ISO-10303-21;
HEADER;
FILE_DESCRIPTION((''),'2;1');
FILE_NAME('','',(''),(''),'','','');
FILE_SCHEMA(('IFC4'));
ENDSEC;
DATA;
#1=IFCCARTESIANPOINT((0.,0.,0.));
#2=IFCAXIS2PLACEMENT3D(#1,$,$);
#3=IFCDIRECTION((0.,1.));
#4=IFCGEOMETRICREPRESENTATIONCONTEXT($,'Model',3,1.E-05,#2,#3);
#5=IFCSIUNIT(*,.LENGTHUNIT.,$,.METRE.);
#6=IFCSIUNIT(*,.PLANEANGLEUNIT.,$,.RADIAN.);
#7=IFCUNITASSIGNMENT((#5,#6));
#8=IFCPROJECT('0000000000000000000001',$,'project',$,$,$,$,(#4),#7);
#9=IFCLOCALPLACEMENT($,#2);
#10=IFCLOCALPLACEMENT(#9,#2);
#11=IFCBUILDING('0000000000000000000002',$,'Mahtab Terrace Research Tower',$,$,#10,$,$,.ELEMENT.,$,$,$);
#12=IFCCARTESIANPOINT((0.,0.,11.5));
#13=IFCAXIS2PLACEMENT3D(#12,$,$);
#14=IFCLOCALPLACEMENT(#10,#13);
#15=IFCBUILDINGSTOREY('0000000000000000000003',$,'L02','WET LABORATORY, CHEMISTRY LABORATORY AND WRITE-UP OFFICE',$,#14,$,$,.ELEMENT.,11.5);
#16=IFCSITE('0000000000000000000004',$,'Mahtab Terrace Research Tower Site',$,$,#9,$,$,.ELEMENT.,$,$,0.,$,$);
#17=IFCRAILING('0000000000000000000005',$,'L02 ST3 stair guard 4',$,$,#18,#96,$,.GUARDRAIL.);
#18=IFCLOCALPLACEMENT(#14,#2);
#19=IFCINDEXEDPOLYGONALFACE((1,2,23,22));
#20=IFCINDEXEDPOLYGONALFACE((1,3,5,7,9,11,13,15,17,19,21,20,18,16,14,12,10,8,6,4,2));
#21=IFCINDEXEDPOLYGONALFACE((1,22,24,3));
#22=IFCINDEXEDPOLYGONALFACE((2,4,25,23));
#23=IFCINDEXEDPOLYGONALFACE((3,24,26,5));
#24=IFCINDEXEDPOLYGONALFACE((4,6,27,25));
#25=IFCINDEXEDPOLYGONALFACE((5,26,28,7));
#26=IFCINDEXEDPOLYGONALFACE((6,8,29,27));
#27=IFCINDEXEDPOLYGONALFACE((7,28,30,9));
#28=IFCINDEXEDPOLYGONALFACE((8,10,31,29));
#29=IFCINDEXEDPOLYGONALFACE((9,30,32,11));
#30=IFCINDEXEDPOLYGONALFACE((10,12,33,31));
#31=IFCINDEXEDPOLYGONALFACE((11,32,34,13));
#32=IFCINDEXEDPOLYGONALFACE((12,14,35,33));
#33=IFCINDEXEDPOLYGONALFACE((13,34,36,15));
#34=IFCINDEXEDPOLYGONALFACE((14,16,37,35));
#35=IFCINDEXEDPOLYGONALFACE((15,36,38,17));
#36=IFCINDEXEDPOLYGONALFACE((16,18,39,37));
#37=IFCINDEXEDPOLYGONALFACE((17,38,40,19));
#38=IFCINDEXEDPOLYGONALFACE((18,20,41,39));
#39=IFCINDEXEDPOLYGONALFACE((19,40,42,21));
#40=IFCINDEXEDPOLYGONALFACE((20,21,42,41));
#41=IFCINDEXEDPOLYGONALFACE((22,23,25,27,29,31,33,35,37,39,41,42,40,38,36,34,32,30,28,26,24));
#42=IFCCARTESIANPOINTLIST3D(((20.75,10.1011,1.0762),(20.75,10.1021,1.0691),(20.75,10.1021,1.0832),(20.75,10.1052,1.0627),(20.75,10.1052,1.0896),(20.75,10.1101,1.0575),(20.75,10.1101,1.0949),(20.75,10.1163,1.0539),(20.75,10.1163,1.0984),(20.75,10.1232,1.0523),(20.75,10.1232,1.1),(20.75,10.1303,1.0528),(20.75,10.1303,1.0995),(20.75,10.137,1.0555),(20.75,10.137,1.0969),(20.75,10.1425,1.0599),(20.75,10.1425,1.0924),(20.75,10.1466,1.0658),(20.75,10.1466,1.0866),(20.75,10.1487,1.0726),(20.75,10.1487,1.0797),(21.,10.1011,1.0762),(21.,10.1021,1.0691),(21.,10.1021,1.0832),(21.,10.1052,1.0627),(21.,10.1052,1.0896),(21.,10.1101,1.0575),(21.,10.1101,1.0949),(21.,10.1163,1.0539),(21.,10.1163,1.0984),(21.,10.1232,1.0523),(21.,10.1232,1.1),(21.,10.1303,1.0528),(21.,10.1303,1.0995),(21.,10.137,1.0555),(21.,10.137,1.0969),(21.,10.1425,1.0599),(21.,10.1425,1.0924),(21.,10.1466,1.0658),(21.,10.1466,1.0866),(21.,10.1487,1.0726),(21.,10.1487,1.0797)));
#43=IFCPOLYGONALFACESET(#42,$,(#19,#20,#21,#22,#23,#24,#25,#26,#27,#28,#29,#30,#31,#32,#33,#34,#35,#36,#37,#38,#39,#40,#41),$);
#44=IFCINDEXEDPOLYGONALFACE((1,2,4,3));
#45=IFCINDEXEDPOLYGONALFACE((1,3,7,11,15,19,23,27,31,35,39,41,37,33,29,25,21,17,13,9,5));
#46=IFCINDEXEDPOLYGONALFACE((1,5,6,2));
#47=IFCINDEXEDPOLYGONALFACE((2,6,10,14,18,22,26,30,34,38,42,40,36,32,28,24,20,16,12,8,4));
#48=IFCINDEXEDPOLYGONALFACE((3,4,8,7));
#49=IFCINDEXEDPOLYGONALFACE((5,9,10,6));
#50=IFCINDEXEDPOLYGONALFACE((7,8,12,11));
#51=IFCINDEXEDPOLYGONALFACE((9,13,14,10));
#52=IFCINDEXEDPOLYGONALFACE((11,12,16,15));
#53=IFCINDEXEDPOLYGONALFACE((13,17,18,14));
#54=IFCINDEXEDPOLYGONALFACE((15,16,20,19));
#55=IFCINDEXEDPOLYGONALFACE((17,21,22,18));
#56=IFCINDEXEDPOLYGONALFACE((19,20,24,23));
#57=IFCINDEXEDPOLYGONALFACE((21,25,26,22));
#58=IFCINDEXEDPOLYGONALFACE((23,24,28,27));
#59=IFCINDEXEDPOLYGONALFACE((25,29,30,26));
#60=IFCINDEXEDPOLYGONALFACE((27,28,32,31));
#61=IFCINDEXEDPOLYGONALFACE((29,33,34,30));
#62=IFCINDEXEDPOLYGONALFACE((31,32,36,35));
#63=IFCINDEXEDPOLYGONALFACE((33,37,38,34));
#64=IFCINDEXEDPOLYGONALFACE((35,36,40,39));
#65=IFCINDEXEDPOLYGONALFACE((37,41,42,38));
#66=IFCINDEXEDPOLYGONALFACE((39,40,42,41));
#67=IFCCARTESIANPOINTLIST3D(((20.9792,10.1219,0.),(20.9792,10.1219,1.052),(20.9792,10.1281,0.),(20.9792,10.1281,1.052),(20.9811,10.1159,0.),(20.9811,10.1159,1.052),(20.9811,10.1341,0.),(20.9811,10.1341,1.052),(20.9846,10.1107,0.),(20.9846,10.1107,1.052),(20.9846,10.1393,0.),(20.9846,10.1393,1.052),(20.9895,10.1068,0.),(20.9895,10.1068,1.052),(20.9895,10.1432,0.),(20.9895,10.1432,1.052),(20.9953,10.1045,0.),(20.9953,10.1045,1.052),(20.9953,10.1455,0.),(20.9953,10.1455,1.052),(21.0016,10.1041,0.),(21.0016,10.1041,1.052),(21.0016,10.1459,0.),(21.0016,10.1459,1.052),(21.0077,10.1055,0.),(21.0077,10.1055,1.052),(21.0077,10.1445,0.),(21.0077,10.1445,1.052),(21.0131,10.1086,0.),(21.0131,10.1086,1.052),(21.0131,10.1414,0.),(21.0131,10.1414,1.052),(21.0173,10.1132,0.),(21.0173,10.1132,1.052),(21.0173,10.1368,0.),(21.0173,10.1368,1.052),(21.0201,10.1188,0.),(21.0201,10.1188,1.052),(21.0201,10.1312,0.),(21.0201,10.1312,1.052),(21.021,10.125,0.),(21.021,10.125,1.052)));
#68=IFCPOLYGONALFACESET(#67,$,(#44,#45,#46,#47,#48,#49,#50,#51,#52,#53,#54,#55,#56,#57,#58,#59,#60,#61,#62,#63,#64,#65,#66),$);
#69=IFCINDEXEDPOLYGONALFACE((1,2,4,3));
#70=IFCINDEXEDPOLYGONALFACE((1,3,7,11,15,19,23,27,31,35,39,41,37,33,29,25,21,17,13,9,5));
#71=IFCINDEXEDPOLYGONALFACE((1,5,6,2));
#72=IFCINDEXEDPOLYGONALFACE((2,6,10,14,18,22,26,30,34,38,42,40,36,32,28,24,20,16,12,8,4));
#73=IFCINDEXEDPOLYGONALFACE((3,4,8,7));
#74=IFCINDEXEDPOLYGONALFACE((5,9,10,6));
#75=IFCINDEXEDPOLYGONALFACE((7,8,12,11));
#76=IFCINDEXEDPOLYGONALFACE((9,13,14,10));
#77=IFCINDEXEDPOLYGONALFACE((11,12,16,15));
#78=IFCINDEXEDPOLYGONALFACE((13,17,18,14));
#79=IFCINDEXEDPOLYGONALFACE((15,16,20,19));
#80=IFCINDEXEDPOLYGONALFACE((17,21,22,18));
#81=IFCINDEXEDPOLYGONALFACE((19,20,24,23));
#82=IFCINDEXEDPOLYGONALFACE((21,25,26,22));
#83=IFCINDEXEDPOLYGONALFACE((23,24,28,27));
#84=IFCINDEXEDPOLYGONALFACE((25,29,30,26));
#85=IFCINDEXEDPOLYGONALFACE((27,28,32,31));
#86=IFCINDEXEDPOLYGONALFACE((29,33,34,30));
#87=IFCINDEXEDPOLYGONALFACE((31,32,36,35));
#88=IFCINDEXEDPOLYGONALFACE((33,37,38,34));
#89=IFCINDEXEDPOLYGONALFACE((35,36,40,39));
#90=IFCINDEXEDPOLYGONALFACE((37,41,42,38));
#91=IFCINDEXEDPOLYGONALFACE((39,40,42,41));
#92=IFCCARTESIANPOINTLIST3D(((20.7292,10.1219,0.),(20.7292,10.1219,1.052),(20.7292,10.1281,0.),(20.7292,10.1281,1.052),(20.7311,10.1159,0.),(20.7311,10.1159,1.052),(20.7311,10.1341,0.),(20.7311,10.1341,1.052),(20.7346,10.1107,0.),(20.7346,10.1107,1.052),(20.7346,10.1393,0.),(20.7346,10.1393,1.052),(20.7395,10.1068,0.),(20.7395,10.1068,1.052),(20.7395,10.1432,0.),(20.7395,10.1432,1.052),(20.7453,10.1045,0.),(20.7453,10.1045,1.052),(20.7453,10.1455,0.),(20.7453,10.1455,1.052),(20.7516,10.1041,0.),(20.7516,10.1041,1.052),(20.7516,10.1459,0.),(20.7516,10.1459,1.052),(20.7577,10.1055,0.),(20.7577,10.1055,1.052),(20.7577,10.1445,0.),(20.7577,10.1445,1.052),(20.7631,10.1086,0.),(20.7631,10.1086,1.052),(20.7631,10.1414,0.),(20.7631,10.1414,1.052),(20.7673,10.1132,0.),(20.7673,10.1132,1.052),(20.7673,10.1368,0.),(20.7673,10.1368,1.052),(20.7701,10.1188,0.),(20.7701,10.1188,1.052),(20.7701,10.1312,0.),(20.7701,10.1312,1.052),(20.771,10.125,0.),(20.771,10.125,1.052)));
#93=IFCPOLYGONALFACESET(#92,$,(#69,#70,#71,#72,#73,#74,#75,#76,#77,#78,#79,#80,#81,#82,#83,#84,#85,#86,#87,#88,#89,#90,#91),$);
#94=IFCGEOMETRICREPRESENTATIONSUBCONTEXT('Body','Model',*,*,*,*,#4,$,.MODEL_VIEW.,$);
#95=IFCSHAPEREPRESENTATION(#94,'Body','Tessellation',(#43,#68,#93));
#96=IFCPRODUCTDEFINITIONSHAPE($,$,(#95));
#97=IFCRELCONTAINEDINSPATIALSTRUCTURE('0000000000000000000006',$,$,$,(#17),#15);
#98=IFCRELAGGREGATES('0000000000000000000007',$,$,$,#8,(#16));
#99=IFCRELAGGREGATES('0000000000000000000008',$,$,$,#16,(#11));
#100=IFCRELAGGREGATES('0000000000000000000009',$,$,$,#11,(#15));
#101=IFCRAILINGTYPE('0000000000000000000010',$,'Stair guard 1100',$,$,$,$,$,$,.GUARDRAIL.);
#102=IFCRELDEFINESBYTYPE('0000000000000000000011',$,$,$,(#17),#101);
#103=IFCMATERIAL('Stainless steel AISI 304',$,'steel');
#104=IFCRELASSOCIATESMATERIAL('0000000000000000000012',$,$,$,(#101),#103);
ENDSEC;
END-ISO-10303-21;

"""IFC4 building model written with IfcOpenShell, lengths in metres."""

from ifc_helpers import new_model, si_unit, direction, frame, origin, origin_2d, place, context, subcontext, project, spatial, circle, extrude, material, type_object, element, save


model = new_model("IFC4")

# Units and contexts
model_context = context("Model", 3, precision=1e-05, world=origin(), true_north=direction((0.0, 1.0)))
body_context = subcontext(model_context, "Body", "Model", "MODEL_VIEW")
ifc_project = project(units=[si_unit("LENGTHUNIT", "METRE"), si_unit("PLANEANGLEUNIT", "RADIAN")], contexts=[model_context])

# Site, building, storey
site_placement = place(None, origin())
site = spatial("IfcSite", under=ifc_project, at=site_placement, Name="Mahtab Terrace Research Tower Site", CompositionType="ELEMENT", RefElevation=0.0)
building_placement = place(site_placement, origin())
building = spatial("IfcBuilding", under=site, at=building_placement, Name="Mahtab Terrace Research Tower", CompositionType="ELEMENT")
storey_placement = place(building_placement, frame((0.0, 0.0, 11.5)))
storey = spatial("IfcBuildingStorey", under=building, at=storey_placement, Name="L02", Description="WET LABORATORY, CHEMISTRY LABORATORY AND WRITE-UP OFFICE", CompositionType="ELEMENT", Elevation=11.5)

# Railing
ifc_material_1 = material(Name="Stainless steel AISI 304", Category="steel")
railing_type_1 = type_object("IfcRailingType", Name="Stair guard 1100", PredefinedType="GUARDRAIL", material=ifc_material_1)
railing_1_placement = place(storey_placement, frame((21.0, 10.125, 0.0)))
element("IfcRailing", 1, at=railing_1_placement, inside=storey, type_object=railing_type_1, Name="L02 ST3 stair guard 4", PredefinedType="GUARDRAIL", context=body_context, shape_type="SweptSolid", body=[
    extrude(circle(Radius=0.0239, at=origin_2d()), frame((0.0, 0.0, 1.0762), z_axis=(-1.0, 0.0, 0.0), x_axis=(0.0, -1.0, 0.0)), (0.0, 0.0, 1.0), 0.25),
    extrude(circle(Radius=0.021, at=origin_2d()), origin(), (0.0, 0.0, 1.0), 1.052),
    extrude(circle(Radius=0.021, at=origin_2d()), frame((-0.25, 0.0, 0.0)), (0.0, 0.0, 1.0), 1.052),
])

save(model, "model.ifc")
